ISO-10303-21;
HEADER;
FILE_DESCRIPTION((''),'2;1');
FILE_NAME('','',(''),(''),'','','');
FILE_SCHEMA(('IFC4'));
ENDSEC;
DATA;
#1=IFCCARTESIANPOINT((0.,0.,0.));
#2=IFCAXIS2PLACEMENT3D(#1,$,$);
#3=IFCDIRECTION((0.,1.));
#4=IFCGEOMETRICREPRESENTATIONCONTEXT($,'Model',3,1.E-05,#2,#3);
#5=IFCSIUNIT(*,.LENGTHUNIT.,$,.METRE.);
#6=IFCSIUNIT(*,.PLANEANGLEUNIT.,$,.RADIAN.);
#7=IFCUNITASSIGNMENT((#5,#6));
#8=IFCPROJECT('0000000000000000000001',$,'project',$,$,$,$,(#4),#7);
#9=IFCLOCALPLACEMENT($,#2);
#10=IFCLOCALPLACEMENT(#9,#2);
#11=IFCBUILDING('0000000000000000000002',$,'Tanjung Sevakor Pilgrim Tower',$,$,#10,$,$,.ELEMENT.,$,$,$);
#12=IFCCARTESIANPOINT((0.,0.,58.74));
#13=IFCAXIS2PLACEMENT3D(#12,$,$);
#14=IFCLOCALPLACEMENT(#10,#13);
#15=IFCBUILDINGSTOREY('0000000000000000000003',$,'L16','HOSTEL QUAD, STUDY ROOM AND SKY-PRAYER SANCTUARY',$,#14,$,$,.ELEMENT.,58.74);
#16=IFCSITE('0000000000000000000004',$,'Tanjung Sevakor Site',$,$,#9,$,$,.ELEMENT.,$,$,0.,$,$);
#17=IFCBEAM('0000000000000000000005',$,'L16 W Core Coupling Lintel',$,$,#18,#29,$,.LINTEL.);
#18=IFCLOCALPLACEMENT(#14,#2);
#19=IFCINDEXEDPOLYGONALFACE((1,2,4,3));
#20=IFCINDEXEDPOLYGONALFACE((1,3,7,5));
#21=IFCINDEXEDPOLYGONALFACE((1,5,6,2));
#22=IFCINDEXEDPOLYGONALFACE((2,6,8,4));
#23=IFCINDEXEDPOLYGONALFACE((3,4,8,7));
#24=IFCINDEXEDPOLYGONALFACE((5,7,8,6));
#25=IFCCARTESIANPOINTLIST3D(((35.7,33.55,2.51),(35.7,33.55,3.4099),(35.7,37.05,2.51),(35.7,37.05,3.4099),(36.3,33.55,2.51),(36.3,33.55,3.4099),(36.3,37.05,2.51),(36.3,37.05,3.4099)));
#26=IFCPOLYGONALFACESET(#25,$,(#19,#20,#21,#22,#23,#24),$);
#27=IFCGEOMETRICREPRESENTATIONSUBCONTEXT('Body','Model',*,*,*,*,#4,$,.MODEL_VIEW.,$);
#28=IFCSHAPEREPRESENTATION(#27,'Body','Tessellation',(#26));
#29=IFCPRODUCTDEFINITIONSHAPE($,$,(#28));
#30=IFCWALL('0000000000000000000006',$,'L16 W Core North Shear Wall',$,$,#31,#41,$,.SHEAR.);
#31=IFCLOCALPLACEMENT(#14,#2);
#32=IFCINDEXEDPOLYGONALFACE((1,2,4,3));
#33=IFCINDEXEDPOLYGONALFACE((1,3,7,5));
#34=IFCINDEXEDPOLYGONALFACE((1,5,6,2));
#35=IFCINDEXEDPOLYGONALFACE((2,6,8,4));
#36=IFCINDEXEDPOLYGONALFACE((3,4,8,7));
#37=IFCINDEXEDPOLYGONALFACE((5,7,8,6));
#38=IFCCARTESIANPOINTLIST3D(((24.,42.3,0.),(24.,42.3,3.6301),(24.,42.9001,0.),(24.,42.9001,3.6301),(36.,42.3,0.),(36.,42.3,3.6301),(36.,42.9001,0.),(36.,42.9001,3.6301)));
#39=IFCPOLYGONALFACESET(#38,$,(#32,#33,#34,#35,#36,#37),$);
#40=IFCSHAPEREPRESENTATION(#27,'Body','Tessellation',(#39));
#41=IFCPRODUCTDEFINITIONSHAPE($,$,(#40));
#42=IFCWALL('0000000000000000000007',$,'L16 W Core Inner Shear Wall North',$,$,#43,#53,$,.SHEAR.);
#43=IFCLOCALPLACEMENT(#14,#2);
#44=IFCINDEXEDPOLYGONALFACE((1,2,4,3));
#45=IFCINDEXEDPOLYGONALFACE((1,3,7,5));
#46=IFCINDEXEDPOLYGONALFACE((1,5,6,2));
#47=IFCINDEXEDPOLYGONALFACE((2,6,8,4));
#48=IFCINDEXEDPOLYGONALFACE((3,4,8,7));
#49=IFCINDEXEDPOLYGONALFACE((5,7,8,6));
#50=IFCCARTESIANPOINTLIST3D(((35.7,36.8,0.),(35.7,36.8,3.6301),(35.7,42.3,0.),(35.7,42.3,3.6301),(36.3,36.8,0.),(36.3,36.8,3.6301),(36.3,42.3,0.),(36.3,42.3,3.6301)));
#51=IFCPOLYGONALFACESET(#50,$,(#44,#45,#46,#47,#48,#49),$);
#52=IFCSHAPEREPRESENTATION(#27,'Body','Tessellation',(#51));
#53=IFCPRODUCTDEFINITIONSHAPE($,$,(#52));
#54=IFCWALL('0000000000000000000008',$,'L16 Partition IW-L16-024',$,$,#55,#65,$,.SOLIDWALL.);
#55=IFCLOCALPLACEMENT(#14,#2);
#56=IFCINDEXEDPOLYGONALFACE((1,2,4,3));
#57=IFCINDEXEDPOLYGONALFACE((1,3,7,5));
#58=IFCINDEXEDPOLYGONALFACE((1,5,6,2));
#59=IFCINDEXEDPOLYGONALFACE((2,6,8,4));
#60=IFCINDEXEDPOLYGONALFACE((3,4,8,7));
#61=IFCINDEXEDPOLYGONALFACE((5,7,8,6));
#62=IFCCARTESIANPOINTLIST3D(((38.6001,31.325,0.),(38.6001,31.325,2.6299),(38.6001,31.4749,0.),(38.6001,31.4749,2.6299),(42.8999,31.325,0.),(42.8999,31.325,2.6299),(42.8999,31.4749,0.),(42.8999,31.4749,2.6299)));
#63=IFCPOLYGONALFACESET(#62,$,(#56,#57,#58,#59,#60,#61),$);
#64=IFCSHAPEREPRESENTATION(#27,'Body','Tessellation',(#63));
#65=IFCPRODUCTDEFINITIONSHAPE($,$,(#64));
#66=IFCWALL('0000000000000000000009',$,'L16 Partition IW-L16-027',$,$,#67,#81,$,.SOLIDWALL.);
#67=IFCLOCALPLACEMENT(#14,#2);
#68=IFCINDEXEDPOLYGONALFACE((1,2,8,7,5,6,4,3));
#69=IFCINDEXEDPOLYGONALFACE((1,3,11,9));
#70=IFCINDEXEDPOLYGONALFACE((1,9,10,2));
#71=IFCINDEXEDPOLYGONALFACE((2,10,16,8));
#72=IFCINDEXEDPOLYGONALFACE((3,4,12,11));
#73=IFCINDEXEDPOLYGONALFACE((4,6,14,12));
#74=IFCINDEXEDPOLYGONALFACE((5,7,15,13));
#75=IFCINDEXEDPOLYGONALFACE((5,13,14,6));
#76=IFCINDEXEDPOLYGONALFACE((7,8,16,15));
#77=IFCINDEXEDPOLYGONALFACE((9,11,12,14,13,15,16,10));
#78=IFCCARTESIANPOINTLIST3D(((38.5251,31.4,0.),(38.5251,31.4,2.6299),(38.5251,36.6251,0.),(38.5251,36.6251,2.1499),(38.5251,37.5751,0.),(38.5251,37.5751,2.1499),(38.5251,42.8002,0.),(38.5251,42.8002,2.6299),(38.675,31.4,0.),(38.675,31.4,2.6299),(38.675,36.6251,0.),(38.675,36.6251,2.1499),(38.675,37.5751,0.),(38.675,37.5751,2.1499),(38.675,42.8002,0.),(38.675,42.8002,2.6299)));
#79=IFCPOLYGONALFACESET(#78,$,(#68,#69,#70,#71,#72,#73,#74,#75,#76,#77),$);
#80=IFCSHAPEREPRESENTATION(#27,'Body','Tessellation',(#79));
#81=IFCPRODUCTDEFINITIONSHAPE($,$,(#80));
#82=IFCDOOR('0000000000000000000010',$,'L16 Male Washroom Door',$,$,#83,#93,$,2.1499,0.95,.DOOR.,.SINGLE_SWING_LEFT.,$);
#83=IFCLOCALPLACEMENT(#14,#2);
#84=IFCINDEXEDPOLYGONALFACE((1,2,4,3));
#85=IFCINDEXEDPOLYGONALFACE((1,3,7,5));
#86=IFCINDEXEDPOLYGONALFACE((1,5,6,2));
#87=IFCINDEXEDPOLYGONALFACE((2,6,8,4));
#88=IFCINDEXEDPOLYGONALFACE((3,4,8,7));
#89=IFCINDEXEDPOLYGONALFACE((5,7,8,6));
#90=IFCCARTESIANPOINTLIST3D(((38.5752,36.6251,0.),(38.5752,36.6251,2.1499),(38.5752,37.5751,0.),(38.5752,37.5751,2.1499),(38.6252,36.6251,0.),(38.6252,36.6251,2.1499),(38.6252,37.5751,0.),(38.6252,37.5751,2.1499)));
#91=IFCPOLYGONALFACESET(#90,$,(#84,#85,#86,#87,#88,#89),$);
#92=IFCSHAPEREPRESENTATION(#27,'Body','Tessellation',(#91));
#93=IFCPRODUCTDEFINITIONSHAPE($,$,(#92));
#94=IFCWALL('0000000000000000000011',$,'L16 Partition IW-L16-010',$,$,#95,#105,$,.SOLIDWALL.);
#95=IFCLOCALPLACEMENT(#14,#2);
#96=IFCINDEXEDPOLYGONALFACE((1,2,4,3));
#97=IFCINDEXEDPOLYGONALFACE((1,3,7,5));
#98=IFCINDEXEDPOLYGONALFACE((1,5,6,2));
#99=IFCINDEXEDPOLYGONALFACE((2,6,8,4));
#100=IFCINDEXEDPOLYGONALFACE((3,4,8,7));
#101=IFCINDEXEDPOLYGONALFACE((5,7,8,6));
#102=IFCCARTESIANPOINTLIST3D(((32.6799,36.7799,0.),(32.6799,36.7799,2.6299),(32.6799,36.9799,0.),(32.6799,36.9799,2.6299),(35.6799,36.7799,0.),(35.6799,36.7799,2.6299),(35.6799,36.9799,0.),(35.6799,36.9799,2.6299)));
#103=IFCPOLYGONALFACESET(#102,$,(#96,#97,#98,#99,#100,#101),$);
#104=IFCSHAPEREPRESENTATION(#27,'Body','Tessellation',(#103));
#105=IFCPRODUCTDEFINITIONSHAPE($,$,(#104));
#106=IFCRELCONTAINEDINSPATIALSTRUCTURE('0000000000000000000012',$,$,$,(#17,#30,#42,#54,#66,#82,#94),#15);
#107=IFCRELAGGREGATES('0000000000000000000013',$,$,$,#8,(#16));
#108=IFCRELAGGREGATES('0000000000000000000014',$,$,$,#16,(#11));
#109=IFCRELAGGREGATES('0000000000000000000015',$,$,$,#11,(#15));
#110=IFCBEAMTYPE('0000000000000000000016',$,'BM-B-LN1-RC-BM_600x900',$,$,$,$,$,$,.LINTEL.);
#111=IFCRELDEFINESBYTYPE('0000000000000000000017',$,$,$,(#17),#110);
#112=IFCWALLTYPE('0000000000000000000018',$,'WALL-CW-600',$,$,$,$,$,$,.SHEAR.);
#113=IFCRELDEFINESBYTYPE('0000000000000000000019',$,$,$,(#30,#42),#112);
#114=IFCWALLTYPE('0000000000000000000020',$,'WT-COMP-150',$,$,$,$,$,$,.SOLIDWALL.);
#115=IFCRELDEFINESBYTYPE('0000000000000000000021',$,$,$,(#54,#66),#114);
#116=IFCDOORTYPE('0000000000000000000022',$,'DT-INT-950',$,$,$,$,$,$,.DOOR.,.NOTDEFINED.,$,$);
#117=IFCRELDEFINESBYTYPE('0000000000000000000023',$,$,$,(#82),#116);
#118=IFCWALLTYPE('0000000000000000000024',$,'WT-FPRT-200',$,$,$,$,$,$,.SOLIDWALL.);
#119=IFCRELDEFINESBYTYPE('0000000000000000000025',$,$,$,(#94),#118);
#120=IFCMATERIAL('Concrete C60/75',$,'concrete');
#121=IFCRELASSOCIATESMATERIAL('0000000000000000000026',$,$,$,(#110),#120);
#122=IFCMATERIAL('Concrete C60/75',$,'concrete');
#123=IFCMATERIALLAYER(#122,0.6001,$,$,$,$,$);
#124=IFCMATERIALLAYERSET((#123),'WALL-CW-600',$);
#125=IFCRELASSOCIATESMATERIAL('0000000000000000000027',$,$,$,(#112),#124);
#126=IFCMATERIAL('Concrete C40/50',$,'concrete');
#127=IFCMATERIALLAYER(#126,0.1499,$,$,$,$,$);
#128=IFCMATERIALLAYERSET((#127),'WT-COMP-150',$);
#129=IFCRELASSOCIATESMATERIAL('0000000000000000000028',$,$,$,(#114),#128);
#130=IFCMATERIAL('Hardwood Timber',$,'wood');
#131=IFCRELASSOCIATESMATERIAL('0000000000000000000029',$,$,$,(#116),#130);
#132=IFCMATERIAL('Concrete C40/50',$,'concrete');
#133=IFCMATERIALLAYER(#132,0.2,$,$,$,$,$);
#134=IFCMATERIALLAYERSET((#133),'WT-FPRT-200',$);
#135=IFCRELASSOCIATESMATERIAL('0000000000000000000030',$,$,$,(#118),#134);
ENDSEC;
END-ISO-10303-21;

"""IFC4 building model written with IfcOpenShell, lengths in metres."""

from ifc_helpers import new_model, si_unit, direction, frame, frame_2d, origin, origin_2d, place, context, subcontext, project, spatial, rectangle, extrude, material, layer, layer_set, material_profile, profile_set, type_object, element, fill, save


model = new_model("IFC4")

# Units and contexts
model_context = context("Model", 3, precision=1e-05, world=origin(), true_north=direction((0.0, 1.0)))
body_context = subcontext(model_context, "Body", "Model", "MODEL_VIEW")
ifc_project = project(units=[si_unit("LENGTHUNIT", "METRE"), si_unit("PLANEANGLEUNIT", "RADIAN")], contexts=[model_context])

# Site, building, storey
site_placement = place(None, origin())
site = spatial("IfcSite", under=ifc_project, at=site_placement, Name="Tanjung Sevakor Site", CompositionType="ELEMENT", RefElevation=0.0)
building_placement = place(site_placement, origin())
building = spatial("IfcBuilding", under=site, at=building_placement, Name="Tanjung Sevakor Pilgrim Tower", CompositionType="ELEMENT")
storey_placement = place(building_placement, frame((0.0, 0.0, 58.74)))
storey = spatial("IfcBuildingStorey", under=building, at=storey_placement, Name="L16", Description="HOSTEL QUAD, STUDY ROOM AND SKY-PRAYER SANCTUARY", CompositionType="ELEMENT", Elevation=58.74)

# Beam
ifc_material_1 = material(Name="Concrete C60/75", Category="concrete")
ifc_material_profile_1 = material_profile(ifc_material_1, rectangle(XDim=0.6001, YDim=0.8999, at=origin_2d()))
ifc_profile_set_1 = profile_set([ifc_material_profile_1], Name="Concrete C60/75")
beam_type_1 = type_object("IfcBeamType", Name="BM-B-LN1-RC-BM_600x900", PredefinedType="LINTEL", material=ifc_profile_set_1)
beam_1_placement = place(storey_placement, frame((36.0, 33.55, 2.96), z_axis=(0.0, 1.0, 0.0), x_axis=(-1.0, 0.0, 0.0)))
element("IfcBeam", 1, at=beam_1_placement, inside=storey, type_object=beam_type_1, Name="L16 W Core Coupling Lintel", PredefinedType="LINTEL", context=body_context, shape_type="SweptSolid", body=[
    extrude(rectangle(XDim=0.6001, YDim=0.8999, at=origin_2d()), origin(), (0.0, 0.0, 1.0), 3.5),
])

# Walls
ifc_material_2 = material(Name="Concrete C60/75", Category="concrete")
ifc_layer_1 = layer(ifc_material_2, 0.6001)
ifc_layer_set_1 = layer_set([ifc_layer_1], Name="WALL-CW-600")
wall_type_1 = type_object("IfcWallType", Name="WALL-CW-600", PredefinedType="SHEAR", material=ifc_layer_set_1)
wall_1_placement = place(storey_placement, frame((36.0, 42.6001, 0.0), z_axis=(0.0, 0.0, 1.0), x_axis=(-1.0, 0.0, 0.0)))
element("IfcWall", 2, at=wall_1_placement, inside=storey, type_object=wall_type_1, Name="L16 W Core North Shear Wall", PredefinedType="SHEAR", context=body_context, shape_type="SweptSolid", body=[
    extrude(rectangle(XDim=12.0, YDim=0.6001, at=frame_2d((6.0, 0.0))), origin(), (0.0, 0.0, 1.0), 3.6301),
])
wall_2_placement = place(storey_placement, frame((36.0, 36.8, 0.0), z_axis=(0.0, 0.0, 1.0), x_axis=(0.0, 1.0, 0.0)))
element("IfcWall", 3, at=wall_2_placement, inside=storey, type_object=wall_type_1, Name="L16 W Core Inner Shear Wall North", PredefinedType="SHEAR", context=body_context, shape_type="SweptSolid", body=[
    extrude(rectangle(XDim=5.5, YDim=0.6001, at=frame_2d((2.75, 0.0))), origin(), (0.0, 0.0, 1.0), 3.6301),
])
ifc_material_3 = material(Name="Concrete C40/50", Category="concrete")
ifc_layer_2 = layer(ifc_material_3, 0.1499)
ifc_layer_set_2 = layer_set([ifc_layer_2], Name="WT-COMP-150")
wall_type_2 = type_object("IfcWallType", Name="WT-COMP-150", PredefinedType="SOLIDWALL", material=ifc_layer_set_2)
wall_3_placement = place(storey_placement, frame((38.6001, 31.3999, 0.0), z_axis=(0.0, 0.0, 1.0), x_axis=(1.0, 0.0, 0.0)))
element("IfcWall", 4, at=wall_3_placement, inside=storey, type_object=wall_type_2, Name="L16 Partition IW-L16-024", PredefinedType="SOLIDWALL", context=body_context, shape_type="SweptSolid", body=[
    extrude(rectangle(XDim=4.2998, YDim=0.1499, at=frame_2d((2.1499, 0.0))), origin(), (0.0, 0.0, 1.0), 2.6299),
])

# Wall, opening, door
wall_4_placement = place(storey_placement, frame((38.6001, 31.3999, 0.0), z_axis=(0.0, 0.0, 1.0), x_axis=(0.0, 1.0, 0.0)))
wall_4 = element("IfcWall", 5, at=wall_4_placement, inside=storey, type_object=wall_type_2, Name="L16 Partition IW-L16-027", PredefinedType="SOLIDWALL", context=body_context, shape_type="SweptSolid", body=[
    extrude(rectangle(XDim=11.4001, YDim=0.1499, at=frame_2d((5.7002, 0.0))), origin(), (0.0, 0.0, 1.0), 2.6299),
])
opening_placement = place(wall_4_placement, frame((5.2251, 0.0, 0.0)))
opening = element("IfcOpeningElement", 6, at=opening_placement, cuts=wall_4, PredefinedType="OPENING", context=body_context, shape_type="SweptSolid", body=[
    extrude(rectangle(XDim=0.95, YDim=2.1499, at=frame_2d((0.4751, 1.075))), frame((0.0, 0.085, 0.0), z_axis=(0.0, -1.0, 0.0), x_axis=(1.0, 0.0, 0.0)), (0.0, 0.0, 1.0), 0.1699),
])
ifc_material_4 = material(Name="Hardwood Timber", Category="wood")
door_type = type_object("IfcDoorType", Name="DT-INT-950", OperationType="NOTDEFINED", PredefinedType="DOOR", material=ifc_material_4)
door_placement = place(opening_placement, origin())
door = element("IfcDoor", 7, at=door_placement, inside=storey, type_object=door_type, Name="L16 Male Washroom Door", OperationType="SINGLE_SWING_LEFT", OverallHeight=2.1499, OverallWidth=0.95, PredefinedType="DOOR", context=body_context, shape_type="SweptSolid", body=[
    extrude(rectangle(XDim=0.95, YDim=2.1499, at=frame_2d((0.4751, 1.075))), frame((0.0, 0.0249, 0.0), z_axis=(0.0, -1.0, 0.0), x_axis=(1.0, 0.0, 0.0)), (0.0, 0.0, 1.0), 0.05),
])
fill(opening, door)

# Wall
ifc_material_5 = material(Name="Concrete C40/50", Category="concrete")
ifc_layer_3 = layer(ifc_material_5, 0.2)
ifc_layer_set_3 = layer_set([ifc_layer_3], Name="WT-FPRT-200")
wall_type_3 = type_object("IfcWallType", Name="WT-FPRT-200", PredefinedType="SOLIDWALL", material=ifc_layer_set_3)
wall_5_placement = place(storey_placement, frame((32.6799, 36.8799, 0.0), z_axis=(0.0, 0.0, 1.0), x_axis=(1.0, 0.0, 0.0)))
element("IfcWall", 8, at=wall_5_placement, inside=storey, type_object=wall_type_3, Name="L16 Partition IW-L16-010", PredefinedType="SOLIDWALL", context=body_context, shape_type="SweptSolid", body=[
    extrude(rectangle(XDim=3.0, YDim=0.2, at=frame_2d((1.5, 0.0))), origin(), (0.0, 0.0, 1.0), 2.6299),
])

save(model, "model.ifc")
